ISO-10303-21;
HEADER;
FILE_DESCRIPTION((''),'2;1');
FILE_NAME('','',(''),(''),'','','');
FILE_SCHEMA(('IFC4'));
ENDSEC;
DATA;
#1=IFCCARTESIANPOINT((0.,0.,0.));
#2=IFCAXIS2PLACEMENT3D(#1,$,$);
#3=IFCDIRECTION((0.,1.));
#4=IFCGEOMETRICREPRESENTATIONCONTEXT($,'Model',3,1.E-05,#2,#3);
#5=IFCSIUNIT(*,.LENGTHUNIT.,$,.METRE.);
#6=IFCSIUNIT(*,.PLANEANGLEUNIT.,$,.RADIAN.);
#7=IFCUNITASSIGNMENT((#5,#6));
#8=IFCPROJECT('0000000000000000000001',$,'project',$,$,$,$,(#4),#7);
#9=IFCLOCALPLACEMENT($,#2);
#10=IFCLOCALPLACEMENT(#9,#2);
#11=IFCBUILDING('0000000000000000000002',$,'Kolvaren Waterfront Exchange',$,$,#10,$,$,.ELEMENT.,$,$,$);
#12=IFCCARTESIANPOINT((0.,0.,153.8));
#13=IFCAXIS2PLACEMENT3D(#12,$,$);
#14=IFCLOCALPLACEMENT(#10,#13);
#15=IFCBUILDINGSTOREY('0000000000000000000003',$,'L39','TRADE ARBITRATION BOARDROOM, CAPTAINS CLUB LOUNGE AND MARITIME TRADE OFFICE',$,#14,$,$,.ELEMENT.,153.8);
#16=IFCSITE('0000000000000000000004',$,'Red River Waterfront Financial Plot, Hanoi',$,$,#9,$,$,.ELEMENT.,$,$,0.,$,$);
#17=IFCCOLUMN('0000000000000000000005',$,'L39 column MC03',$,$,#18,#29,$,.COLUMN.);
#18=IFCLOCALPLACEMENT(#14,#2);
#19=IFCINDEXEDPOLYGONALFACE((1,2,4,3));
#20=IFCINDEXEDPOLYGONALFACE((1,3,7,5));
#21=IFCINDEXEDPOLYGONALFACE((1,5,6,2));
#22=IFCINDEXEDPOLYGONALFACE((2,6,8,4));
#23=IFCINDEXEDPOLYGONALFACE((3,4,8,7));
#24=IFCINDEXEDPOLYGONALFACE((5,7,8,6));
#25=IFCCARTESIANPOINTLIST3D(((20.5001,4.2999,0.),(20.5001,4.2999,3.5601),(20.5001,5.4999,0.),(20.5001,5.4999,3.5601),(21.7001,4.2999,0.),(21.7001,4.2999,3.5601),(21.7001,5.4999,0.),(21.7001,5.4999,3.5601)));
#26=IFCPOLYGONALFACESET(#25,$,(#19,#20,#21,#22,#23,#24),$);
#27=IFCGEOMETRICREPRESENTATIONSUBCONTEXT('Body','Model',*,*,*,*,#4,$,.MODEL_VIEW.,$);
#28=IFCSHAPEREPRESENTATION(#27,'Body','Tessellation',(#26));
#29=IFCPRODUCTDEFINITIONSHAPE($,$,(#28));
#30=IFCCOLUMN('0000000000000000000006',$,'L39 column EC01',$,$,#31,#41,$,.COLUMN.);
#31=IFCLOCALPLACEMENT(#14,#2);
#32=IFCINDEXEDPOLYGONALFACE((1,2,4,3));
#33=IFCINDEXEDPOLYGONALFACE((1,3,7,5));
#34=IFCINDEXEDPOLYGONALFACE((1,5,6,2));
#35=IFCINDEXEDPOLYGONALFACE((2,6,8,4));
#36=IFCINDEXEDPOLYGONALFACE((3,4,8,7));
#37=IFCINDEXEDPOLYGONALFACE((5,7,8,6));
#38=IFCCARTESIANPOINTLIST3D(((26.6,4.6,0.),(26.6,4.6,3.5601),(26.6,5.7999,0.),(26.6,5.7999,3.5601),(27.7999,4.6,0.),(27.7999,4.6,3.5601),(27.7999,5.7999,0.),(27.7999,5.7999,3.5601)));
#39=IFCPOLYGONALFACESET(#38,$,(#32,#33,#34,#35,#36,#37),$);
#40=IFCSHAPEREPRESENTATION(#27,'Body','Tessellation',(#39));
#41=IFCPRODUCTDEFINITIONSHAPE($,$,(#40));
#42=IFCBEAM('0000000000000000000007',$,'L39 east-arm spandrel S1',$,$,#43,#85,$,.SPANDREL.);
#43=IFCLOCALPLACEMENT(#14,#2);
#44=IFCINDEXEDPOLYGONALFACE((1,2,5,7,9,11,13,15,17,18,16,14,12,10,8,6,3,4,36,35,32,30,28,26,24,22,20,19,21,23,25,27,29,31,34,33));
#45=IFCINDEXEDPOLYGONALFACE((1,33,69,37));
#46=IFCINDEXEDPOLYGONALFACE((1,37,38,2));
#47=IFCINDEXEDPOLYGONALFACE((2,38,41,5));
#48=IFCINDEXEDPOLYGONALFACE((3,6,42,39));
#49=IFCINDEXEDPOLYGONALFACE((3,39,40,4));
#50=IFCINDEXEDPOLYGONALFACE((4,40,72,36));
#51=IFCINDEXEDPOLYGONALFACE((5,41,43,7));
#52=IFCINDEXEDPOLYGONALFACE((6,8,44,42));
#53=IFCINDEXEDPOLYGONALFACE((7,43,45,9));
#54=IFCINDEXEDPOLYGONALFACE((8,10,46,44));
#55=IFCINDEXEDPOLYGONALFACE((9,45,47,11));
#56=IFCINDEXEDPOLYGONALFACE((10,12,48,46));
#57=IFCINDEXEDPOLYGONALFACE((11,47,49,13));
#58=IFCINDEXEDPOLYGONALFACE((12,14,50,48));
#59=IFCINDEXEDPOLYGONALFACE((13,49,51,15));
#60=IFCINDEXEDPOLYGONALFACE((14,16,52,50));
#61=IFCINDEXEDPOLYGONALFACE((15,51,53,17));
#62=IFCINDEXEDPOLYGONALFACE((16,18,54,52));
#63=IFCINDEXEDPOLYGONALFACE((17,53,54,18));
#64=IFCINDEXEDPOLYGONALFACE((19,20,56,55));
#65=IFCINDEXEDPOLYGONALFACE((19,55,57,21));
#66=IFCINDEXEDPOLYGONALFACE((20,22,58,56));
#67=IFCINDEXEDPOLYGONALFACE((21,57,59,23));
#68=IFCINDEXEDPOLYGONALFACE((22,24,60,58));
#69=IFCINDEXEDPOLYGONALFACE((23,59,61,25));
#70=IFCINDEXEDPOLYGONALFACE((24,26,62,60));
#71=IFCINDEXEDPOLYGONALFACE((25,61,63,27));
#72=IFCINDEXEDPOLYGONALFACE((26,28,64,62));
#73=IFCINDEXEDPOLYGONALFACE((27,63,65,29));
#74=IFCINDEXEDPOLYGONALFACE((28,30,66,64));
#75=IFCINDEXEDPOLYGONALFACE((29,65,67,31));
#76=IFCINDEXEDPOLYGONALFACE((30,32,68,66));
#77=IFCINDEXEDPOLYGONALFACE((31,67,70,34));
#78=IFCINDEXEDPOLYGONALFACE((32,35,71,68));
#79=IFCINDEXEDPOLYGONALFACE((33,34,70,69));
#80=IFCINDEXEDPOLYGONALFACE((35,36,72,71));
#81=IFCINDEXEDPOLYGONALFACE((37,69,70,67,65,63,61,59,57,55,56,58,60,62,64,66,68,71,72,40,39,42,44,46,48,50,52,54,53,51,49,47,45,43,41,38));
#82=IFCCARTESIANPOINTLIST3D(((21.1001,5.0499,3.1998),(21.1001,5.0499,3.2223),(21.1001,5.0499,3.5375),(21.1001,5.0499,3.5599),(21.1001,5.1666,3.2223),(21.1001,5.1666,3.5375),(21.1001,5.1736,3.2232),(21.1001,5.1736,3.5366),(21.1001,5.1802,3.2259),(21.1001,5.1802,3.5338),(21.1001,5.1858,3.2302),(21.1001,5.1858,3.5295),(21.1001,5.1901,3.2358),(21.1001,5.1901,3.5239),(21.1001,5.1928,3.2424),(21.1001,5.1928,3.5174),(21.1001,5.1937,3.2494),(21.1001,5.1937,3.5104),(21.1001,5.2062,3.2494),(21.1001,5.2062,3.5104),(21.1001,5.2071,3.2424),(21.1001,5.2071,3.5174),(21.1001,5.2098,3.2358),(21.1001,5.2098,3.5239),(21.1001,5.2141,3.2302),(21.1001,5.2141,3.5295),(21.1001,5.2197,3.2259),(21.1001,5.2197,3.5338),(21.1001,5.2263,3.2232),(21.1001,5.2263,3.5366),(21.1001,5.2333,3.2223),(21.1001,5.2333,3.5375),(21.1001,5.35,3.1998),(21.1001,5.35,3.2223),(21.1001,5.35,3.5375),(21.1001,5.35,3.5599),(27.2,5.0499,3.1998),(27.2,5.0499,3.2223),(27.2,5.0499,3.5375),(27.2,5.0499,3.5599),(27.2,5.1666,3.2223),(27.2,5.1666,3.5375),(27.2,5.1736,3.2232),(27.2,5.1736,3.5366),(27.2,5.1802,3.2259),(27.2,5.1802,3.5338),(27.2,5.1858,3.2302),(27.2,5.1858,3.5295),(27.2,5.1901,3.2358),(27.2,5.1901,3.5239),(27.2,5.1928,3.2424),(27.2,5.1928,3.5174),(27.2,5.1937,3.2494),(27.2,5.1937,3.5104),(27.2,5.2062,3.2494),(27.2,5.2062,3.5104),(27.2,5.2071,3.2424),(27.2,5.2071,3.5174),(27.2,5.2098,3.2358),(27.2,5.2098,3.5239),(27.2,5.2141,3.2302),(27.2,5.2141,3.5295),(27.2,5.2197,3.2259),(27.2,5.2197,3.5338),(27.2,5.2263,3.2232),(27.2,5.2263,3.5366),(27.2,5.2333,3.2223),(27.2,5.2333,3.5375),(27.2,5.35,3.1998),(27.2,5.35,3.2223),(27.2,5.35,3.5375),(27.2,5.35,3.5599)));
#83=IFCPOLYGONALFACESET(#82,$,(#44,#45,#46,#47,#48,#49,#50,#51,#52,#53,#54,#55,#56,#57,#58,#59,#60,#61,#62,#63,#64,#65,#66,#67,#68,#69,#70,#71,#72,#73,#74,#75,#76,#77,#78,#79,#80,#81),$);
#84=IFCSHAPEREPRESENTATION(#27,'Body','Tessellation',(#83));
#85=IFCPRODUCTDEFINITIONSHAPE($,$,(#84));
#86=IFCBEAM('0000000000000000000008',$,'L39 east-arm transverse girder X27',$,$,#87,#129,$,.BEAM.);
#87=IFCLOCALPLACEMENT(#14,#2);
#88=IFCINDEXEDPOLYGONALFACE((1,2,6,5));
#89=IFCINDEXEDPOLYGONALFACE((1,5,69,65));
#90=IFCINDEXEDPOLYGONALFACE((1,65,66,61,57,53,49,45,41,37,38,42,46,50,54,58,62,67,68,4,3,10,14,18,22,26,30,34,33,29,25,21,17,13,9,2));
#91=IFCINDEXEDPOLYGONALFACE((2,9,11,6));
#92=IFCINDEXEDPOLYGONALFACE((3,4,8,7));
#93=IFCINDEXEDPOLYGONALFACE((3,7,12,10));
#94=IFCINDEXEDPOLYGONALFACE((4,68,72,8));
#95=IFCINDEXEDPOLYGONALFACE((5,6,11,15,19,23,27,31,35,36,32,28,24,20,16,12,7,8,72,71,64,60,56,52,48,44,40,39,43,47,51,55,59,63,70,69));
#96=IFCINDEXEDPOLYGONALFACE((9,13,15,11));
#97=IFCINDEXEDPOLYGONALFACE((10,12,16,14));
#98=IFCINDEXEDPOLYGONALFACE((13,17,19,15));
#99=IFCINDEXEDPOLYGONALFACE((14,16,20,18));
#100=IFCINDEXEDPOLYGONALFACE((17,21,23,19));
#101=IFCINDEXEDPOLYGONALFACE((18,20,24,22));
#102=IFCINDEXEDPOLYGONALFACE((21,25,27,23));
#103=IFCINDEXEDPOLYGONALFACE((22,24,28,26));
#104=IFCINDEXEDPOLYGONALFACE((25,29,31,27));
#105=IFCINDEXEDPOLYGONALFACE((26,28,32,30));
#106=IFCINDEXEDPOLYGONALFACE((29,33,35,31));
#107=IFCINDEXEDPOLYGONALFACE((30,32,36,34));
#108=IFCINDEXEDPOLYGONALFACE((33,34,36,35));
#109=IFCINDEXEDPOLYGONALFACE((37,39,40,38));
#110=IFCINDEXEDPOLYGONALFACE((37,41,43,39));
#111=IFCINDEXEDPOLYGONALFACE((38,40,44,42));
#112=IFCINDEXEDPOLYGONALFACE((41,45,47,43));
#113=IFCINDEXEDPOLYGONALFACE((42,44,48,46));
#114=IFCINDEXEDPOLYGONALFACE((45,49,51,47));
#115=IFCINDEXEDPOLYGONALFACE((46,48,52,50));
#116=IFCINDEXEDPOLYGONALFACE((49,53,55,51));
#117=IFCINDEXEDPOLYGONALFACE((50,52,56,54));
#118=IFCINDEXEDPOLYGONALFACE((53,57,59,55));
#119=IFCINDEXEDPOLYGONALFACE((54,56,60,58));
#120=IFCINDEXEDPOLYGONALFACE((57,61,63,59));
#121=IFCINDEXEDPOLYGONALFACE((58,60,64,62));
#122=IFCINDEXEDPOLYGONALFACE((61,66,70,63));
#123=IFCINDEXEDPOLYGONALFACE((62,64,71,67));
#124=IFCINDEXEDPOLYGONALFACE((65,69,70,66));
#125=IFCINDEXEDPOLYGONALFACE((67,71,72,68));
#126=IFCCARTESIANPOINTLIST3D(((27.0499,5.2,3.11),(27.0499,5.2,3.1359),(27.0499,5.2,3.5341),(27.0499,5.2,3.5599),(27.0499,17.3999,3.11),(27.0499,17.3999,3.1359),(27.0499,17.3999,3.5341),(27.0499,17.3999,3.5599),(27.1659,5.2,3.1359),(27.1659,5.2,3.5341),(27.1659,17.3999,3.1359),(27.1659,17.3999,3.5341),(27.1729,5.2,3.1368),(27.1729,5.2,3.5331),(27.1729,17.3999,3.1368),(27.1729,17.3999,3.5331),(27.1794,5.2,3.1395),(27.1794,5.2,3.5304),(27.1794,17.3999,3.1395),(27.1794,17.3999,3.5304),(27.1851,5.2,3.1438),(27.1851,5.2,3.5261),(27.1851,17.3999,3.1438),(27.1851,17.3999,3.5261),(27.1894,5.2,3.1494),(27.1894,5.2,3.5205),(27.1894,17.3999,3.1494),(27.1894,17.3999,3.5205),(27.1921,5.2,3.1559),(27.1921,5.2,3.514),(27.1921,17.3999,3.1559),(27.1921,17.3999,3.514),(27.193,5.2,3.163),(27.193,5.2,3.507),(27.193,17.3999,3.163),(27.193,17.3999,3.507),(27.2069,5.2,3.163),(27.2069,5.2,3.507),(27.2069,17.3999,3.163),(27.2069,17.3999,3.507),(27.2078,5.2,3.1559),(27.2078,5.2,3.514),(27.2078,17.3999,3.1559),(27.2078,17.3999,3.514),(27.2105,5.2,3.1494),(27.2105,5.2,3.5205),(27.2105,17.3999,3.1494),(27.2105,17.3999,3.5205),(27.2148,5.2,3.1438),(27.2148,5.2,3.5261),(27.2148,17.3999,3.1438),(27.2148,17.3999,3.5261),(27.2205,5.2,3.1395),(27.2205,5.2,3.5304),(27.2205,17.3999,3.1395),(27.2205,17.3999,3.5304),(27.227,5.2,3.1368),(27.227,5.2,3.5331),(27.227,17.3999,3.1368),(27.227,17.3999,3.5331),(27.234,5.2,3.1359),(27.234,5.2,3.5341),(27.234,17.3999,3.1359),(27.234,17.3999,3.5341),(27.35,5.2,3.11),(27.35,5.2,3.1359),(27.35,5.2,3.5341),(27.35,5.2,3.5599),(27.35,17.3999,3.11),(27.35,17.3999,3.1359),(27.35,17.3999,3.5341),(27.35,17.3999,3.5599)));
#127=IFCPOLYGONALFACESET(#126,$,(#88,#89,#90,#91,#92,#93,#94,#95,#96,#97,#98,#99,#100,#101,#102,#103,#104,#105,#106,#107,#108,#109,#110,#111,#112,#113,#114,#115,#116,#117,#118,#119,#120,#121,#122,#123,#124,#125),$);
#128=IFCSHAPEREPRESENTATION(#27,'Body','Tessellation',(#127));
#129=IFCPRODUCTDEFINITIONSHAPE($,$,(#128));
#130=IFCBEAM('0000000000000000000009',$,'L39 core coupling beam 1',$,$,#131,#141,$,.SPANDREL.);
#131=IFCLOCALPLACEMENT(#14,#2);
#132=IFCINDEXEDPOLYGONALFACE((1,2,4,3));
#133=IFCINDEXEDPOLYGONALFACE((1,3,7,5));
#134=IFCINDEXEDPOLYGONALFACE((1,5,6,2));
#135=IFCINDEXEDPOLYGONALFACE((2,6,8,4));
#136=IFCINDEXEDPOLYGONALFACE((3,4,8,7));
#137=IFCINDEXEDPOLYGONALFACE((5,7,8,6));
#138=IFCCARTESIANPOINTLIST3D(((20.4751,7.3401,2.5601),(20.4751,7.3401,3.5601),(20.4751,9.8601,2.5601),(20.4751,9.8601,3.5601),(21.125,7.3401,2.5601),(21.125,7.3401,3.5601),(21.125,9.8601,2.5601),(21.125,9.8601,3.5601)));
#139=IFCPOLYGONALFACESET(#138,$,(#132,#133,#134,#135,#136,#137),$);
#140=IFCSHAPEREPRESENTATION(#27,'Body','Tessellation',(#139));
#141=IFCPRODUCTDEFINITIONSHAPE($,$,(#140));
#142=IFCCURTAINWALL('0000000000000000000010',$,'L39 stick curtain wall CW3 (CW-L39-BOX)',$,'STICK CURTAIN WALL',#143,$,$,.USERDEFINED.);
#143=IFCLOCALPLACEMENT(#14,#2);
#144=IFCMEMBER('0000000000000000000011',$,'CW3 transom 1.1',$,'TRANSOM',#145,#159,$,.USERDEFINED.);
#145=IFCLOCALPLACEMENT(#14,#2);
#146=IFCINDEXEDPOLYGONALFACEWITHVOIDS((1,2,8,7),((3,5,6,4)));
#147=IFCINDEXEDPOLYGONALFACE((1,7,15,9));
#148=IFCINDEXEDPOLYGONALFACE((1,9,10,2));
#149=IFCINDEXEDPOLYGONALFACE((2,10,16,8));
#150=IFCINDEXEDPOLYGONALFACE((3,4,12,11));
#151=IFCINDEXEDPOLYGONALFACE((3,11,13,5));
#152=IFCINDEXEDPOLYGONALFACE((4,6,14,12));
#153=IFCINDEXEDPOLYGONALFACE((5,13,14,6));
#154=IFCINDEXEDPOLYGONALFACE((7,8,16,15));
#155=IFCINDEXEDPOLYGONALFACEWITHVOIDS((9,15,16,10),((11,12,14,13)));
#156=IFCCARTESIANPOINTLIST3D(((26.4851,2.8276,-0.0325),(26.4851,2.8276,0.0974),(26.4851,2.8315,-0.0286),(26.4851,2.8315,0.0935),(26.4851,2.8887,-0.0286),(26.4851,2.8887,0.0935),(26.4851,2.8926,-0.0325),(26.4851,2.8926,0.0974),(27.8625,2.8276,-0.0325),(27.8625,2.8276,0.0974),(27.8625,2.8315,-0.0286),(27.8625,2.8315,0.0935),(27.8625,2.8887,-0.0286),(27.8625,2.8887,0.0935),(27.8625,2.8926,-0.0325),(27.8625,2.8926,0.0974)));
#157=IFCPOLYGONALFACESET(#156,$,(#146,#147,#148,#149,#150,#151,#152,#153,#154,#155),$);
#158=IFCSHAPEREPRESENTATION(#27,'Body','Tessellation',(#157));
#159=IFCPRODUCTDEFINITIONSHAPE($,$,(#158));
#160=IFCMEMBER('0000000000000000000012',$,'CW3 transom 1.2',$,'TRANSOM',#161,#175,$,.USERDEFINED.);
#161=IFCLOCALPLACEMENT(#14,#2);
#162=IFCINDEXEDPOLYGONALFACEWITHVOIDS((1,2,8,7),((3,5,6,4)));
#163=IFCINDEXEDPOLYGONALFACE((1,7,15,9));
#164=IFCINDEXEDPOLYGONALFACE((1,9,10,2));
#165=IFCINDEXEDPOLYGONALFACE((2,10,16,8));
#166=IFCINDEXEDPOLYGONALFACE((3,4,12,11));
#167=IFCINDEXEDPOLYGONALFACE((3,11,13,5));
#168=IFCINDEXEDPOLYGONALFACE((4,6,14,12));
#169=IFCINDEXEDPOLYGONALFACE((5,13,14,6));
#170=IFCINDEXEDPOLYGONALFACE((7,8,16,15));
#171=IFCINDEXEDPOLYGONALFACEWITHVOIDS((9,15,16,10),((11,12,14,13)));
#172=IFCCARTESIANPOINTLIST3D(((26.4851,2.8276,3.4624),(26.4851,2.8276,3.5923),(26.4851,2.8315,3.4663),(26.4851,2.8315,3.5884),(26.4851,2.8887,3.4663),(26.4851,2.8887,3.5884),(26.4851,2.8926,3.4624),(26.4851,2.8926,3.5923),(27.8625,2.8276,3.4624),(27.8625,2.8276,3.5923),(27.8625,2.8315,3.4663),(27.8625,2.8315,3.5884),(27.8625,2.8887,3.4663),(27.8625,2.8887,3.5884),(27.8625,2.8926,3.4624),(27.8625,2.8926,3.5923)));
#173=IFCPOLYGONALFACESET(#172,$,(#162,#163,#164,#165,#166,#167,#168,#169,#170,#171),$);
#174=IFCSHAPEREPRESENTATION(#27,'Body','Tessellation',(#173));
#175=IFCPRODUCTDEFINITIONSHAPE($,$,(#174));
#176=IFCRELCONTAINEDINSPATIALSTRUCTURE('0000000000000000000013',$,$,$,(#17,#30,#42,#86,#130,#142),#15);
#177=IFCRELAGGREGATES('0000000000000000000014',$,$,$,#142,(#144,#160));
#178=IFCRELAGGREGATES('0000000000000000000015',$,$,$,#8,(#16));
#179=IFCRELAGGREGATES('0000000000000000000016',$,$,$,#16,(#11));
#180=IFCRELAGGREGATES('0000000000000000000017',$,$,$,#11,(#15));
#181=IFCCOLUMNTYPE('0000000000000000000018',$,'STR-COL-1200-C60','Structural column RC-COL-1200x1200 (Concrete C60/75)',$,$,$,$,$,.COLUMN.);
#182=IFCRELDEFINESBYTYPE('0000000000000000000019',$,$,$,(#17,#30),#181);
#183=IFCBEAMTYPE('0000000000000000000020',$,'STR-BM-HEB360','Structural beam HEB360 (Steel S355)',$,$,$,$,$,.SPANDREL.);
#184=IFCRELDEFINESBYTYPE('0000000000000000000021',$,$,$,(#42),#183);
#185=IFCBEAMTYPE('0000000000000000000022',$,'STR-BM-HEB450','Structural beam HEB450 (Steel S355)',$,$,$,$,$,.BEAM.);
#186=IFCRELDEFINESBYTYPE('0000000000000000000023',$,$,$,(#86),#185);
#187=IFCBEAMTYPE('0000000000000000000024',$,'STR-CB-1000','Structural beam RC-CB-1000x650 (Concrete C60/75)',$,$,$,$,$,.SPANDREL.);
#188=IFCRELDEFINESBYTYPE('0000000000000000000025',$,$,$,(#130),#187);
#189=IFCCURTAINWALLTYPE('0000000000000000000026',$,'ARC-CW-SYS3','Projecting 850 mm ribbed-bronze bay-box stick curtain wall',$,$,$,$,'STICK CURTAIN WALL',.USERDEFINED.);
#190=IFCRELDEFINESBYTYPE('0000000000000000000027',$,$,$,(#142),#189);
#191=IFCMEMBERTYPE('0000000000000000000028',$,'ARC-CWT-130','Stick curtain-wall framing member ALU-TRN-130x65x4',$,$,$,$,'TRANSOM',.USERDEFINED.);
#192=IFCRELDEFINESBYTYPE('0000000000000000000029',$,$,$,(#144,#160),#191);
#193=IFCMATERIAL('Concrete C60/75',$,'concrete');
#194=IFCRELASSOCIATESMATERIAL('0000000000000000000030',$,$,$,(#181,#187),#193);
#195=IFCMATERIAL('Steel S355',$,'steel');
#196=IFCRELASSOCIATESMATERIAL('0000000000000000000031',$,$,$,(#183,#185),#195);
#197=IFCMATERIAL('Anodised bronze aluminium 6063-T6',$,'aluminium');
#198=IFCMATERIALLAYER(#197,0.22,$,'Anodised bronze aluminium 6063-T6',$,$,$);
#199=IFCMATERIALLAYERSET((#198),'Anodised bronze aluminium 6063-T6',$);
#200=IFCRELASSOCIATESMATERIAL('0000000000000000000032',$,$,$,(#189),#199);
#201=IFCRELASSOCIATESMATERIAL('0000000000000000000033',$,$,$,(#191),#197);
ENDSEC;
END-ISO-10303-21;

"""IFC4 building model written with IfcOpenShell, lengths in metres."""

from ifc_helpers import new_model, si_unit, direction, frame, origin, origin_with_axes, origin_2d, place, context, subcontext, project, spatial, rectangle, hollow_rectangle, i_section, extrude, source, transform, mapped, material, layer, layer_set, material_profile, profile_set, type_object, element, aggregate, save


model = new_model("IFC4")

# Units and contexts
model_context = context("Model", 3, precision=1e-05, world=origin(), true_north=direction((0.0, 1.0)))
body_context = subcontext(model_context, "Body", "Model", "MODEL_VIEW")
ifc_project = project(units=[si_unit("LENGTHUNIT", "METRE"), si_unit("PLANEANGLEUNIT", "RADIAN")], contexts=[model_context])

# Site, building, storey
site_placement = place(None, origin())
site = spatial("IfcSite", under=ifc_project, at=site_placement, Name="Red River Waterfront Financial Plot, Hanoi", CompositionType="ELEMENT", RefElevation=0.0)
building_placement = place(site_placement, origin())
building = spatial("IfcBuilding", under=site, at=building_placement, Name="Kolvaren Waterfront Exchange", CompositionType="ELEMENT")
storey_placement = place(building_placement, frame((0.0, 0.0, 153.8)))
storey = spatial("IfcBuildingStorey", under=building, at=storey_placement, Name="L39", Description="TRADE ARBITRATION BOARDROOM, CAPTAINS CLUB LOUNGE AND MARITIME TRADE OFFICE", CompositionType="ELEMENT", Elevation=153.8)

# Columns
ifc_material_1 = material(Name="Concrete C60/75", Category="concrete")
ifc_material_profile_1 = material_profile(ifc_material_1, rectangle(XDim=1.2, YDim=1.2, at=origin_2d()), Name="RC-COL-1200x1200")
ifc_profile_set_1 = profile_set([ifc_material_profile_1], Name="Concrete C60/75")
column_type = type_object("IfcColumnType", Name="STR-COL-1200-C60", Description="Structural column RC-COL-1200x1200 (Concrete C60/75)", PredefinedType="COLUMN", material=ifc_profile_set_1)
for number, where, z_axis, x_axis, name in (
    (1, (21.1001, 4.8999, 0.0), (0.0, 0.0, 1.0), (1.0, 0.0, 0.0), "L39 column MC03"),
    (2, (27.2, 5.2, 0.0), (0.0, 0.0, 1.0), (1.0, 0.0, 0.0), "L39 column EC01"),
):
    element("IfcColumn", number, at=place(storey_placement, frame(where, z_axis=z_axis, x_axis=x_axis)), inside=storey, type_object=column_type, Name=name, PredefinedType="COLUMN", context=body_context, shape_type="SweptSolid", body=[
        extrude(rectangle(XDim=1.2, YDim=1.2, at=origin_2d()), origin(), (0.0, 0.0, 1.0), 3.5601),
    ])

# Beams
ifc_material_2 = material(Name="Steel S355", Category="steel")
ifc_material_profile_2 = material_profile(ifc_material_2, i_section(OverallWidth=0.3, OverallDepth=0.3601, WebThickness=0.0125, FlangeThickness=0.0225, FilletRadius=0.0271, at=origin_2d()), Name="HEB360")
ifc_profile_set_2 = profile_set([ifc_material_profile_2], Name="Steel S355")
beam_type_1 = type_object("IfcBeamType", Name="STR-BM-HEB360", Description="Structural beam HEB360 (Steel S355)", PredefinedType="SPANDREL", material=ifc_profile_set_2)
beam_1_placement = place(storey_placement, frame((21.1001, 5.2, 3.3799), z_axis=(1.0, 0.0, 0.0), x_axis=(0.0, 1.0, 0.0)))
element("IfcBeam", 3, at=beam_1_placement, inside=storey, type_object=beam_type_1, Name="L39 east-arm spandrel S1", PredefinedType="SPANDREL", context=body_context, shape_type="SweptSolid", body=[
    extrude(i_section(OverallWidth=0.3, OverallDepth=0.3601, WebThickness=0.0125, FlangeThickness=0.0225, FilletRadius=0.0271, at=origin_2d()), origin(), (0.0, 0.0, 1.0), 6.0999),
])
ifc_material_profile_3 = material_profile(ifc_material_2, i_section(OverallWidth=0.3, OverallDepth=0.45, WebThickness=0.0139, FlangeThickness=0.0259, FilletRadius=0.0271, at=origin_2d()), Name="HEB450")
ifc_profile_set_3 = profile_set([ifc_material_profile_3], Name="Steel S355")
beam_type_2 = type_object("IfcBeamType", Name="STR-BM-HEB450", Description="Structural beam HEB450 (Steel S355)", PredefinedType="BEAM", material=ifc_profile_set_3)
beam_2_placement = place(storey_placement, frame((27.2, 5.2, 3.335), z_axis=(0.0, 1.0, 0.0), x_axis=(-1.0, 0.0, 0.0)))
element("IfcBeam", 4, at=beam_2_placement, inside=storey, type_object=beam_type_2, Name="L39 east-arm transverse girder X27", PredefinedType="BEAM", context=body_context, shape_type="SweptSolid", body=[
    extrude(i_section(OverallWidth=0.3, OverallDepth=0.45, WebThickness=0.0139, FlangeThickness=0.0259, FilletRadius=0.0271, at=origin_2d()), origin(), (0.0, 0.0, 1.0), 12.2),
])
ifc_material_profile_4 = material_profile(ifc_material_1, rectangle(XDim=0.6499, YDim=1.0, at=origin_2d()), Name="RC-CB-1000x650")
ifc_profile_set_4 = profile_set([ifc_material_profile_4], Name="Concrete C60/75")
beam_type_3 = type_object("IfcBeamType", Name="STR-CB-1000", Description="Structural beam RC-CB-1000x650 (Concrete C60/75)", PredefinedType="SPANDREL", material=ifc_profile_set_4)
beam_3_placement = place(storey_placement, frame((20.8, 7.3401, 3.0601), z_axis=(0.0, 1.0, 0.0), x_axis=(-1.0, 0.0, 0.0)))
element("IfcBeam", 5, at=beam_3_placement, inside=storey, type_object=beam_type_3, Name="L39 core coupling beam 1", PredefinedType="SPANDREL", context=body_context, shape_type="SweptSolid", body=[
    extrude(rectangle(XDim=0.6499, YDim=1.0, at=origin_2d()), origin(), (0.0, 0.0, 1.0), 2.52),
])

# Curtain wall, members
ifc_material_3 = material(Name="Anodised bronze aluminium 6063-T6", Category="aluminium")
ifc_layer_1 = layer(ifc_material_3, 0.22, Name="Anodised bronze aluminium 6063-T6")
ifc_layer_set_1 = layer_set([ifc_layer_1], Name="Anodised bronze aluminium 6063-T6")
curtain_wall_type_1 = type_object("IfcCurtainWallType", Name="ARC-CW-SYS3", Description="Projecting 850 mm ribbed-bronze bay-box stick curtain wall", ElementType="STICK CURTAIN WALL", PredefinedType="USERDEFINED", material=ifc_layer_set_1)
curtain_wall_1_placement = place(storey_placement, origin())
curtain_wall_1 = element("IfcCurtainWall", 6, at=curtain_wall_1_placement, inside=storey, type_object=curtain_wall_type_1, Name="L39 stick curtain wall CW3 (CW-L39-BOX)", ObjectType="STICK CURTAIN WALL", PredefinedType="USERDEFINED")
ifc_material_profile_5 = material_profile(ifc_material_3, hollow_rectangle(XDim=0.0649, YDim=0.1299, WallThickness=0.0039, at=origin_2d()), Name="ALU-TRN-130x65x4")
ifc_profile_set_5 = profile_set([ifc_material_profile_5], Name="Anodised bronze aluminium 6063-T6")
member_type_1 = type_object("IfcMemberType", Name="ARC-CWT-130", Description="Stick curtain-wall framing member ALU-TRN-130x65x4", ElementType="TRANSOM", PredefinedType="USERDEFINED", material=ifc_profile_set_5)
shared_shape_1 = source(origin_with_axes(), body_context, "Body", "SweptSolid", [
    extrude(hollow_rectangle(XDim=0.0649, YDim=0.1299, WallThickness=0.0039, at=origin_2d()), origin(), (0.0, 0.0, 1.0), 1.3774),
])
member_1_placement = place(storey_placement, frame((26.4851, 2.8601, 0.0325), z_axis=(1.0, 0.0, 0.0), x_axis=(0.0, 1.0, 0.0)))
member_1 = element("IfcMember", 7, at=member_1_placement, type_object=member_type_1, Name="CW3 transom 1.1", ObjectType="TRANSOM", PredefinedType="USERDEFINED", context=body_context, shape_type="MappedRepresentation", body=[
    mapped(shared_shape_1, transform((0.0, 0.0, 0.0), x_axis=(1.0, 0.0, 0.0), y_axis=(0.0, 1.0, 0.0), z_axis=(0.0, 0.0, 1.0), scale=1.0)),
])
member_2_placement = place(storey_placement, frame((26.4851, 2.8601, 3.5273), z_axis=(1.0, 0.0, 0.0), x_axis=(0.0, 1.0, 0.0)))
member_2 = element("IfcMember", 8, at=member_2_placement, type_object=member_type_1, Name="CW3 transom 1.2", ObjectType="TRANSOM", PredefinedType="USERDEFINED", context=body_context, shape_type="MappedRepresentation", body=[
    mapped(shared_shape_1, transform((0.0, 0.0, 0.0), x_axis=(1.0, 0.0, 0.0), y_axis=(0.0, 1.0, 0.0), z_axis=(0.0, 0.0, 1.0), scale=1.0)),
])

aggregate(curtain_wall_1, [member_1, member_2])

save(model, "model.ifc")
